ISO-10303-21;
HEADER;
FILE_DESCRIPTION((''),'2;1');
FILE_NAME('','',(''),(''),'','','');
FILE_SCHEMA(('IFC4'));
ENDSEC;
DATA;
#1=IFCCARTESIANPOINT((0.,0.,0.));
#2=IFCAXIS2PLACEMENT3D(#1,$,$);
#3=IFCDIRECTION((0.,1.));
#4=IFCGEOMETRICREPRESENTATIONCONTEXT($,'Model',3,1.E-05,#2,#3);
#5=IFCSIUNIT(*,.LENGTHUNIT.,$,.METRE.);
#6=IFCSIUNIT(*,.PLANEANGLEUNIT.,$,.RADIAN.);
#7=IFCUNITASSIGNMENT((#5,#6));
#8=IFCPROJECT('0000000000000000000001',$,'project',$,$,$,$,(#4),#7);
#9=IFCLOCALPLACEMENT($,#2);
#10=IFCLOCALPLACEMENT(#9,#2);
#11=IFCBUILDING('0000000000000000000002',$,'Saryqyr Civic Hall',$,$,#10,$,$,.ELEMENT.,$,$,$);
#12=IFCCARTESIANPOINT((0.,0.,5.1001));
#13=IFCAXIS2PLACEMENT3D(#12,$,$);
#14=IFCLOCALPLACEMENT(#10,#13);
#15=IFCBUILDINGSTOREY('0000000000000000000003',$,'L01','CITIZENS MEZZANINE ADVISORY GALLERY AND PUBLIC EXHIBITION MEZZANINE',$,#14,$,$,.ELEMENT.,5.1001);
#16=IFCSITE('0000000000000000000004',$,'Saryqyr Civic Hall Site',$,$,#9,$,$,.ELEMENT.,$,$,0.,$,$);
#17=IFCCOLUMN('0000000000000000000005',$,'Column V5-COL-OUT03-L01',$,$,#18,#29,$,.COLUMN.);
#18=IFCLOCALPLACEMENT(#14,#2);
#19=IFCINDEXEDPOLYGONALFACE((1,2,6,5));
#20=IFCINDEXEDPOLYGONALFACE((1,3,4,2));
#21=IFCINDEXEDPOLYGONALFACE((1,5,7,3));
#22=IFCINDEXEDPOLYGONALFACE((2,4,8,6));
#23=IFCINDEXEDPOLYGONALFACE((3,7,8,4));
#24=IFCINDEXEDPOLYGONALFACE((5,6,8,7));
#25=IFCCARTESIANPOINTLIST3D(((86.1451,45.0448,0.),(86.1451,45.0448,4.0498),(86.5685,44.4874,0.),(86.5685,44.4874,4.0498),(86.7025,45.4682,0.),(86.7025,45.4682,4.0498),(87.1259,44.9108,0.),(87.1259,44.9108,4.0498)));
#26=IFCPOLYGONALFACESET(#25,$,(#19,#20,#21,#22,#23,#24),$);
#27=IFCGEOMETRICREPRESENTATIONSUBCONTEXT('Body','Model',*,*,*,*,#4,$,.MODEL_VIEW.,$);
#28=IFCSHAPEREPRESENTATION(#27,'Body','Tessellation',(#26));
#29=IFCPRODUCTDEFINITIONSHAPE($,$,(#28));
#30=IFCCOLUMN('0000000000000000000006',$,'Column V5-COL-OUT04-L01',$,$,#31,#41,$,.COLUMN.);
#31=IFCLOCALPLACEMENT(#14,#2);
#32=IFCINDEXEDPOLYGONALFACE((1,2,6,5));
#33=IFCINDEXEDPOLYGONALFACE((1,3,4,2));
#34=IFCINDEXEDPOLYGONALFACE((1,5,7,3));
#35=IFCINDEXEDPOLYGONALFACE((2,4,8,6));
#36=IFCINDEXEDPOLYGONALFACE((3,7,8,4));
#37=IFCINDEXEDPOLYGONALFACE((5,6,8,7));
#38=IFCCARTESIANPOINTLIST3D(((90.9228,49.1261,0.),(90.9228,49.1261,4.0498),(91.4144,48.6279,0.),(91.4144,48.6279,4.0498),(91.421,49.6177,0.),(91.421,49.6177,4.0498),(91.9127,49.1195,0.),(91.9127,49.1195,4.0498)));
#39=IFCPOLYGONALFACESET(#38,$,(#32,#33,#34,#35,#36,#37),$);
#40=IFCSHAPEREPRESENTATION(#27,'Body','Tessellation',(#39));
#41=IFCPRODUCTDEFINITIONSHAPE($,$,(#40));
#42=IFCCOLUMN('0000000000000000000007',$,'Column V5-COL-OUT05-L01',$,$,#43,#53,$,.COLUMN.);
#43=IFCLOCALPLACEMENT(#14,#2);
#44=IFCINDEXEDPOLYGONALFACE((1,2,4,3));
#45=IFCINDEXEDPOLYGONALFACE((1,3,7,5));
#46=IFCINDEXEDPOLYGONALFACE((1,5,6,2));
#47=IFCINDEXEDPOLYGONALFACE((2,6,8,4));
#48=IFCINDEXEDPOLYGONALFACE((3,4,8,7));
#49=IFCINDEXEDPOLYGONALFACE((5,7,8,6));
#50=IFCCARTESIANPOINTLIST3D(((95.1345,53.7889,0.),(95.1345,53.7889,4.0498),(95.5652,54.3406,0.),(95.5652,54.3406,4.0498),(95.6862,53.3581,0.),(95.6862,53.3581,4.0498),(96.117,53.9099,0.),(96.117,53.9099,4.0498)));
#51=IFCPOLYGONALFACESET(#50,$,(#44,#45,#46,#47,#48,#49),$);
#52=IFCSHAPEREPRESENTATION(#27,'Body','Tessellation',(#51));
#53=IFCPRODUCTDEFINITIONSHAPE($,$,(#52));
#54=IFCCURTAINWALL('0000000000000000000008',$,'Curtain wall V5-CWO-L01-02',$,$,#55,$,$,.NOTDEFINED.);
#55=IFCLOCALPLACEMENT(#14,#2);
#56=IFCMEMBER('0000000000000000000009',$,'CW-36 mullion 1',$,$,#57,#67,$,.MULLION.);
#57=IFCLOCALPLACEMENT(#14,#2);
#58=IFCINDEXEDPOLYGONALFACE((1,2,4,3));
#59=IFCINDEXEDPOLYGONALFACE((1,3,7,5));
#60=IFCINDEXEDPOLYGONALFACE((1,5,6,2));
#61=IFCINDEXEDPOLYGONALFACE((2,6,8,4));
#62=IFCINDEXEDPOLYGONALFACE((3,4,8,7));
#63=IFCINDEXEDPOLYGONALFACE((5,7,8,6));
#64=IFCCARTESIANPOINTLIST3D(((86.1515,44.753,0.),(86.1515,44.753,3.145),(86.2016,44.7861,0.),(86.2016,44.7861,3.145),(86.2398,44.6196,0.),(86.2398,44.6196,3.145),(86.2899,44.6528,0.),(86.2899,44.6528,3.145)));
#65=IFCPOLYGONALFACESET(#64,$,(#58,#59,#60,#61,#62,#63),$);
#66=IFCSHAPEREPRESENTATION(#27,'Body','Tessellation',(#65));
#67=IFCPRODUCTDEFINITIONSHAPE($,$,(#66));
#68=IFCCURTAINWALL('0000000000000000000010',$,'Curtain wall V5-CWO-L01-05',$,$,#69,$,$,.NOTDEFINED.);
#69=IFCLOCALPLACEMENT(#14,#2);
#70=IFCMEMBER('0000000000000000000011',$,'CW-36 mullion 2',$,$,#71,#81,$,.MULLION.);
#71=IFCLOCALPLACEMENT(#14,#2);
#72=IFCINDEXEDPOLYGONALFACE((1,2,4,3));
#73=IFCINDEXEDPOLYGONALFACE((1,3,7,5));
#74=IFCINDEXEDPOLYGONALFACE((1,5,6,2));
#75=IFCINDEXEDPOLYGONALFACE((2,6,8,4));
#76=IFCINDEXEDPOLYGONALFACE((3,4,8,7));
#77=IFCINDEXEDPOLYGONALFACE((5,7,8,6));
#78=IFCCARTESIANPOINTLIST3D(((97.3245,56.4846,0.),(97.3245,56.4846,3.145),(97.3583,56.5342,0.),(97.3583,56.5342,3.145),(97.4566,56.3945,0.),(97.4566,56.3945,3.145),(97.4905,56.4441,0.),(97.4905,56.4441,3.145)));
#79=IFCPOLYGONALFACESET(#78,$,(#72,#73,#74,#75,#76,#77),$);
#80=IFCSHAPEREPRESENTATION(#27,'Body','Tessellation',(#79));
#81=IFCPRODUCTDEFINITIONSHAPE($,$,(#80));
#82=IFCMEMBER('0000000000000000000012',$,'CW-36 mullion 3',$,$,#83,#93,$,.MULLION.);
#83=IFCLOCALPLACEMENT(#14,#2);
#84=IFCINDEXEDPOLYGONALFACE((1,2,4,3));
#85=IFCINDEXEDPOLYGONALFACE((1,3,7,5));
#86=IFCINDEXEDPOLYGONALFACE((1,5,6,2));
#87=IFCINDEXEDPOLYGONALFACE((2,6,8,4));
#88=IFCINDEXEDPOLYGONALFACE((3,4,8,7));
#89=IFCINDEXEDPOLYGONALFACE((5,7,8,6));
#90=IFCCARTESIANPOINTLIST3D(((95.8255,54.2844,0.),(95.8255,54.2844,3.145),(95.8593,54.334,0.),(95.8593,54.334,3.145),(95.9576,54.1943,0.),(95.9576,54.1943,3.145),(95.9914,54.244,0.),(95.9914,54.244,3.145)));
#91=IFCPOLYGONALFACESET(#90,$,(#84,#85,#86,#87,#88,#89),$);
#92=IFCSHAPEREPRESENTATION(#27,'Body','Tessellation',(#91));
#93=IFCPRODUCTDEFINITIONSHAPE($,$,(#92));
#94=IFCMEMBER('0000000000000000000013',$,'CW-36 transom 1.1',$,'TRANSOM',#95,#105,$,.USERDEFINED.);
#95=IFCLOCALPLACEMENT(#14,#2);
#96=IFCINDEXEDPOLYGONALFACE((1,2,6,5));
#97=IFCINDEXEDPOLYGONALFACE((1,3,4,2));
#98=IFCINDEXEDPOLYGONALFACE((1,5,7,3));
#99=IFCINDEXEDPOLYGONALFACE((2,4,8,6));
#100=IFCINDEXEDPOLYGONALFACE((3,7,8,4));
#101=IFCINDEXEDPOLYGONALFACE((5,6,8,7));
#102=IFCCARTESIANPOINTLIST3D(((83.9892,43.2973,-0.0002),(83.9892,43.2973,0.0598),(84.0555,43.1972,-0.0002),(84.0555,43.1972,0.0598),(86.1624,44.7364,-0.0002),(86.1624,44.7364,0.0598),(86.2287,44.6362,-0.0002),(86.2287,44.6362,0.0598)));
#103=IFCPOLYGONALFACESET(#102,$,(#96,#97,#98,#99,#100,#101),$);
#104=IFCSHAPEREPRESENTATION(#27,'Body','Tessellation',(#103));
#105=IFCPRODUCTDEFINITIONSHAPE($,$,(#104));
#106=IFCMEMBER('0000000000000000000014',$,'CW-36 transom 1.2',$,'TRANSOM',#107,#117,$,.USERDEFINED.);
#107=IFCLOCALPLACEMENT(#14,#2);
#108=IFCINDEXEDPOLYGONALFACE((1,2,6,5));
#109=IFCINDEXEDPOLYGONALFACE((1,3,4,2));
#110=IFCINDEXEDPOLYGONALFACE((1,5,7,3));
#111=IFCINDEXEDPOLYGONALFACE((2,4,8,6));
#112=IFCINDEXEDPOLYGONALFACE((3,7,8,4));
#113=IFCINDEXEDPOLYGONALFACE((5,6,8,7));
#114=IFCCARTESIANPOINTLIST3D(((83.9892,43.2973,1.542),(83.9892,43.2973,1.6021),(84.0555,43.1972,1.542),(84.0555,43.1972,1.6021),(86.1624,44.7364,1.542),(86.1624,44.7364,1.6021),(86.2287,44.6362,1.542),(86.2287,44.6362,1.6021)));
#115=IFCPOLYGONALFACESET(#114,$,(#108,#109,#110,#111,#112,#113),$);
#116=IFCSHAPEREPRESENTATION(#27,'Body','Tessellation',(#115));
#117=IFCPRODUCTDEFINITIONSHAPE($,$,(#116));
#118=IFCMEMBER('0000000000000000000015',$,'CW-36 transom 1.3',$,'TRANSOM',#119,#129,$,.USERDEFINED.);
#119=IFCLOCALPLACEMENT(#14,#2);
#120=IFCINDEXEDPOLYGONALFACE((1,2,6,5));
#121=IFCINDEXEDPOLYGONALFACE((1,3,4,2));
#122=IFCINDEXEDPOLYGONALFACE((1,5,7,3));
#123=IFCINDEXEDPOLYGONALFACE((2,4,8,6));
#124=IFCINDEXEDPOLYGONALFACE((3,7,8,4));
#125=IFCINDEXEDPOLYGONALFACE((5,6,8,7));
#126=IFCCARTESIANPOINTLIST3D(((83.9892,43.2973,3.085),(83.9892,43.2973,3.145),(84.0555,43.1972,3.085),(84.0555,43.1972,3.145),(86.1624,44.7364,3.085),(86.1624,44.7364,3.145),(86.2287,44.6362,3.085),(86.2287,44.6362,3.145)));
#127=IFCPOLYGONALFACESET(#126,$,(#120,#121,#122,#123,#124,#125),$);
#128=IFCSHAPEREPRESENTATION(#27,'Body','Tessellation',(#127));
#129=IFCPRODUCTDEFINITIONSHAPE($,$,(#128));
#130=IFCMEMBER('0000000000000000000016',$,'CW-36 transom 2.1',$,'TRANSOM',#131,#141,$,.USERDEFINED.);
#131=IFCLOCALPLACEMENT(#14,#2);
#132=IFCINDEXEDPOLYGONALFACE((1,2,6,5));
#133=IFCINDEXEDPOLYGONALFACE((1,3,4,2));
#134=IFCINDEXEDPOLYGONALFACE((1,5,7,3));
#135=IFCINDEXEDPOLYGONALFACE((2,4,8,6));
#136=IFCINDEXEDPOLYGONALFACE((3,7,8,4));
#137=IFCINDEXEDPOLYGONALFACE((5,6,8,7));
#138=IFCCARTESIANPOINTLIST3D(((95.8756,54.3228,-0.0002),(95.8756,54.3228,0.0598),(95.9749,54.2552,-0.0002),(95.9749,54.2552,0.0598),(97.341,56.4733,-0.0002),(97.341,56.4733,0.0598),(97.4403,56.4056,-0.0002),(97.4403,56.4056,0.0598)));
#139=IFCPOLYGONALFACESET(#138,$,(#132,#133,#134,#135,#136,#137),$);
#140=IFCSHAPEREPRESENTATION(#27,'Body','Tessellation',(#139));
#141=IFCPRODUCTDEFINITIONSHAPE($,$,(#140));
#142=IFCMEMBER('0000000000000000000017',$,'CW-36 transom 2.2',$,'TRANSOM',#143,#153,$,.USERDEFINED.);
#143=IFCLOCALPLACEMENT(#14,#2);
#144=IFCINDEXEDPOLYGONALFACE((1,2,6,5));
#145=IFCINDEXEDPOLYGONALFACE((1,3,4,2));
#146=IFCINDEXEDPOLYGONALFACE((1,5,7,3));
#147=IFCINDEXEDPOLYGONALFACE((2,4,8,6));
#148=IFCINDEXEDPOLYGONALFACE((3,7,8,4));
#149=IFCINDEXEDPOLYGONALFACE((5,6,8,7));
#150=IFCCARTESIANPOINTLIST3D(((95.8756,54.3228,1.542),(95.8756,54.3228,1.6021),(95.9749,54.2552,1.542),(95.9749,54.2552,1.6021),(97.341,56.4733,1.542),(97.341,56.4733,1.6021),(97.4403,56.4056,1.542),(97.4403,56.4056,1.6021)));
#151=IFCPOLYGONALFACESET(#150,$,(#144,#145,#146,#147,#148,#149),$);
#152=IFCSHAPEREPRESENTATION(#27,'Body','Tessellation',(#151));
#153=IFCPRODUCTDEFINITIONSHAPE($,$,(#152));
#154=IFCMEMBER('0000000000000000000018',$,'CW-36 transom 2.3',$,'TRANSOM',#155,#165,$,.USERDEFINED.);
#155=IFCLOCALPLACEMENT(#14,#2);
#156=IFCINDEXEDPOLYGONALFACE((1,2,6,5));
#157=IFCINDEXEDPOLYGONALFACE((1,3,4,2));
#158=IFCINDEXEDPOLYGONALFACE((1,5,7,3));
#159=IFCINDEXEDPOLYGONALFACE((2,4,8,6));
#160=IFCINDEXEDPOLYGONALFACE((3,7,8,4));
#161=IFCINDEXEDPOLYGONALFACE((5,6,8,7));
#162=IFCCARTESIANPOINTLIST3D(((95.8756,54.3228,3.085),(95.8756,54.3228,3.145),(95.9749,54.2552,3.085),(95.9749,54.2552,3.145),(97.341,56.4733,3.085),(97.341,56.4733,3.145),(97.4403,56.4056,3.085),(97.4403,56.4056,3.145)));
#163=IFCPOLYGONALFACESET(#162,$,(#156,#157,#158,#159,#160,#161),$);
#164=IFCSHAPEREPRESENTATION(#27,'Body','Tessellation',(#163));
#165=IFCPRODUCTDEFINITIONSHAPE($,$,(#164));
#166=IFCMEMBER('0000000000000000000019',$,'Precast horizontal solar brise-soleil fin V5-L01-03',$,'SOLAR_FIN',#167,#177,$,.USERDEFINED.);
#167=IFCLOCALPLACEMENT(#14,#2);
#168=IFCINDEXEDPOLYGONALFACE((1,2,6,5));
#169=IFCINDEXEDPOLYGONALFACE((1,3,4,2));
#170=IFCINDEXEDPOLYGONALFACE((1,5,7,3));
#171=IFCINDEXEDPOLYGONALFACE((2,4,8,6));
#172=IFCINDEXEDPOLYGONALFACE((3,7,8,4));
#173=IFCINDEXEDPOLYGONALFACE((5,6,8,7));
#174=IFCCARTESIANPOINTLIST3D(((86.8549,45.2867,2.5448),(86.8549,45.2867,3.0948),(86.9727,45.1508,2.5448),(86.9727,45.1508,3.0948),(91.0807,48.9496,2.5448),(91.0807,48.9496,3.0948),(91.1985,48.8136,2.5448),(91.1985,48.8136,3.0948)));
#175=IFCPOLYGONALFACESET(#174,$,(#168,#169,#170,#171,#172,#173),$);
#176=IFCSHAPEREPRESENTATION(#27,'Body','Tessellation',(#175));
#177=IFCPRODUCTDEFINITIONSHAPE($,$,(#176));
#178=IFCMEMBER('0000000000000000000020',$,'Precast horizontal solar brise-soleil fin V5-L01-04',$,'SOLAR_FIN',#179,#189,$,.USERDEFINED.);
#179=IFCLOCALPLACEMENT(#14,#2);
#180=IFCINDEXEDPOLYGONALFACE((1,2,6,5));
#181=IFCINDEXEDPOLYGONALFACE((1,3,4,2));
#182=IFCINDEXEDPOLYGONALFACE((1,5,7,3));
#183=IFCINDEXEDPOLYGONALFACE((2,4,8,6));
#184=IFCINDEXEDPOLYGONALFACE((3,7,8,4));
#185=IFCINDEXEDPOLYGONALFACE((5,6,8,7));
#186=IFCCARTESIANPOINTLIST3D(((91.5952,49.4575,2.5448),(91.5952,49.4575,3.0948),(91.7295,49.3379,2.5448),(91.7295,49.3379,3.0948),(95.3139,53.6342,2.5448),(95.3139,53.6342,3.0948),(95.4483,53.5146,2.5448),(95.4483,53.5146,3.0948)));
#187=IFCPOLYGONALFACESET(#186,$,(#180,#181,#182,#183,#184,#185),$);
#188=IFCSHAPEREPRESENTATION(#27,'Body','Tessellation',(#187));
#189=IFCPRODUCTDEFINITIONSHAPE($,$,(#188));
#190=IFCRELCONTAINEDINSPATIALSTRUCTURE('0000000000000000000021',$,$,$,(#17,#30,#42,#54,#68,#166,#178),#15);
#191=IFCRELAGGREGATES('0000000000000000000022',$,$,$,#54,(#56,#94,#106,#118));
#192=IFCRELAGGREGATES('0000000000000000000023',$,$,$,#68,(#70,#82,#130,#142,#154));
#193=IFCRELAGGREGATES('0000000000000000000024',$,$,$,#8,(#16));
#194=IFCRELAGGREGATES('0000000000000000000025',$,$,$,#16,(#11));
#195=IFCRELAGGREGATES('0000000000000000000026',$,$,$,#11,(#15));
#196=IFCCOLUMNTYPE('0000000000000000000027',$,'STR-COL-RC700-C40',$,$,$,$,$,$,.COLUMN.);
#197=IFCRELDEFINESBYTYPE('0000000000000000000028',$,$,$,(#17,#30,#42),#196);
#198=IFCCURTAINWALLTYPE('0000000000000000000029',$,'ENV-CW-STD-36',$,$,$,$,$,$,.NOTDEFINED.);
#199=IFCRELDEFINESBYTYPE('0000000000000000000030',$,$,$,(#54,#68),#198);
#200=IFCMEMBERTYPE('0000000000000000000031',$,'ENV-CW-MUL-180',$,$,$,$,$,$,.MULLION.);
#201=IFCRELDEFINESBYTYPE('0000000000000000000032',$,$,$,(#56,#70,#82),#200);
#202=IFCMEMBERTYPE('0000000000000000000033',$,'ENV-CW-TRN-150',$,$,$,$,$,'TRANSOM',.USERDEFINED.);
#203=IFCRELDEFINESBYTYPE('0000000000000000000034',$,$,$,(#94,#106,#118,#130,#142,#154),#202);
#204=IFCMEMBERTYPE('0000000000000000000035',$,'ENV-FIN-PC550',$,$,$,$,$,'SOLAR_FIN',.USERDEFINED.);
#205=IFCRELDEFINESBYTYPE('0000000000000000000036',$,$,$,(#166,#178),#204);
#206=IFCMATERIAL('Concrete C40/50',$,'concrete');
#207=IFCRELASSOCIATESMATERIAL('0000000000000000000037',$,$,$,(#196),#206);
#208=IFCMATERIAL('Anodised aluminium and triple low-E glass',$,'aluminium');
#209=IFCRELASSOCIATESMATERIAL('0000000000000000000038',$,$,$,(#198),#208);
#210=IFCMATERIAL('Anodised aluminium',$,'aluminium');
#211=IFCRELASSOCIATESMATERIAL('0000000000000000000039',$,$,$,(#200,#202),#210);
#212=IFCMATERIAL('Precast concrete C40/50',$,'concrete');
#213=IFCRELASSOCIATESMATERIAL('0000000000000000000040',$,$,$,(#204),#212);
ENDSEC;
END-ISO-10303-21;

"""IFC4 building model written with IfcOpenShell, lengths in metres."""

from ifc_helpers import new_model, si_unit, direction, frame, origin, origin_2d, place, context, subcontext, project, spatial, rectangle, extrude, material, material_profile, profile_set, type_object, element, aggregate, save


model = new_model("IFC4")

# Units and contexts
model_context = context("Model", 3, precision=1e-05, world=origin(), true_north=direction((0.0, 1.0)))
body_context = subcontext(model_context, "Body", "Model", "MODEL_VIEW")
ifc_project = project(units=[si_unit("LENGTHUNIT", "METRE"), si_unit("PLANEANGLEUNIT", "RADIAN")], contexts=[model_context])

# Site, building, storey
site_placement = place(None, origin())
site = spatial("IfcSite", under=ifc_project, at=site_placement, Name="Saryqyr Civic Hall Site", CompositionType="ELEMENT", RefElevation=0.0)
building_placement = place(site_placement, origin())
building = spatial("IfcBuilding", under=site, at=building_placement, Name="Saryqyr Civic Hall", CompositionType="ELEMENT")
storey_placement = place(building_placement, frame((0.0, 0.0, 5.1001)))
storey = spatial("IfcBuildingStorey", under=building, at=storey_placement, Name="L01", Description="CITIZENS MEZZANINE ADVISORY GALLERY AND PUBLIC EXHIBITION MEZZANINE", CompositionType="ELEMENT", Elevation=5.1001)

# Columns
ifc_material_1 = material(Name="Concrete C40/50", Category="concrete")
ifc_material_profile_1 = material_profile(ifc_material_1, rectangle(XDim=0.7, YDim=0.7, at=origin_2d()), Name="RC 700x700")
ifc_profile_set_1 = profile_set([ifc_material_profile_1], Name="Concrete C40/50")
column_type_1 = type_object("IfcColumnType", Name="STR-COL-RC700-C40", PredefinedType="COLUMN", material=ifc_profile_set_1)
for number, where, z_axis, x_axis, name in (
    (1, (86.6355, 44.9778, 0.0), (0.0, 0.0, 1.0), (0.604877, -0.796319, 0.0), "Column V5-COL-OUT03-L01"),
    (2, (91.4177, 49.1228, 0.0), (0.0, 0.0, 1.0), (0.702402, -0.711781, 0.0), "Column V5-COL-OUT04-L01"),
    (3, (95.6257, 53.8494, 0.0), (0.0, 0.0, 1.0), (0.788226, -0.615386, 0.0), "Column V5-COL-OUT05-L01"),
):
    element("IfcColumn", number, at=place(storey_placement, frame(where, z_axis=z_axis, x_axis=x_axis)), inside=storey, type_object=column_type_1, Name=name, PredefinedType="COLUMN", context=body_context, shape_type="SweptSolid", body=[
        extrude(rectangle(XDim=0.7, YDim=0.7, at=origin_2d()), origin(), (0.0, 0.0, 1.0), 4.0498),
    ])

# Curtain wall, member
ifc_material_2 = material(Name="Anodised aluminium and triple low-E glass", Category="aluminium")
curtain_wall_type = type_object("IfcCurtainWallType", Name="ENV-CW-STD-36", PredefinedType="NOTDEFINED", material=ifc_material_2)
curtain_wall_1_placement = place(storey_placement, origin())
curtain_wall_1 = element("IfcCurtainWall", 4, at=curtain_wall_1_placement, inside=storey, type_object=curtain_wall_type, Name="Curtain wall V5-CWO-L01-02", PredefinedType="NOTDEFINED")
ifc_material_3 = material(Name="Anodised aluminium", Category="aluminium")
ifc_material_profile_2 = material_profile(ifc_material_3, rectangle(XDim=0.0601, YDim=0.1599, at=origin_2d()), Name="ALU MULLION 60x160")
ifc_profile_set_2 = profile_set([ifc_material_profile_2], Name="Anodised aluminium")
member_type_1 = type_object("IfcMemberType", Name="ENV-CW-MUL-180", PredefinedType="MULLION", material=ifc_profile_set_2)
member_1_placement = place(storey_placement, frame((86.2207, 44.7029, 0.0), z_axis=(0.0, 0.0, 1.0), x_axis=(-0.833772, -0.552109, 0.0)))
member_1 = element("IfcMember", 5, at=member_1_placement, type_object=member_type_1, Name="CW-36 mullion 1", PredefinedType="MULLION", context=body_context, shape_type="SweptSolid", body=[
    extrude(rectangle(XDim=0.0601, YDim=0.1599, at=origin_2d()), origin(), (0.0, 0.0, 1.0), 3.145),
])

# Curtain wall, members
curtain_wall_2_placement = place(storey_placement, origin())
curtain_wall_2 = element("IfcCurtainWall", 6, at=curtain_wall_2_placement, inside=storey, type_object=curtain_wall_type, Name="Curtain wall V5-CWO-L01-05", PredefinedType="NOTDEFINED")
member_2_placement = place(storey_placement, frame((97.4075, 56.4644, 0.0), z_axis=(0.0, 0.0, 1.0), x_axis=(-0.56311, -0.826382, 0.0)))
member_2 = element("IfcMember", 7, at=member_2_placement, type_object=member_type_1, Name="CW-36 mullion 2", PredefinedType="MULLION", context=body_context, shape_type="SweptSolid", body=[
    extrude(rectangle(XDim=0.0601, YDim=0.1599, at=origin_2d()), origin(), (0.0, 0.0, 1.0), 3.145),
])
member_3_placement = place(storey_placement, frame((95.9084, 54.2642, 0.0), z_axis=(0.0, 0.0, 1.0), x_axis=(-0.56311, -0.826382, 0.0)))
member_3 = element("IfcMember", 8, at=member_3_placement, type_object=member_type_1, Name="CW-36 mullion 3", PredefinedType="MULLION", context=body_context, shape_type="SweptSolid", body=[
    extrude(rectangle(XDim=0.0601, YDim=0.1599, at=origin_2d()), origin(), (0.0, 0.0, 1.0), 3.145),
])

# Members
ifc_material_profile_3 = material_profile(ifc_material_3, rectangle(XDim=0.1201, YDim=0.0601, at=origin_2d()), Name="ALU TRANSOM 120x60")
ifc_profile_set_3 = profile_set([ifc_material_profile_3], Name="Anodised aluminium")
member_type_2 = type_object("IfcMemberType", Name="ENV-CW-TRN-150", ElementType="TRANSOM", PredefinedType="USERDEFINED", material=ifc_profile_set_3)
member_4_placement = place(storey_placement, frame((86.1956, 44.6863, 0.0298), z_axis=(-0.833776, -0.552104, 0.0), x_axis=(0.552104, -0.833776, 0.0)))
member_4 = element("IfcMember", 9, at=member_4_placement, type_object=member_type_2, Name="CW-36 transom 1.1", ObjectType="TRANSOM", PredefinedType="USERDEFINED", context=body_context, shape_type="SweptSolid", body=[
    extrude(rectangle(XDim=0.1201, YDim=0.0601, at=origin_2d()), origin(), (0.0, 0.0, 1.0), 2.6064),
])
member_5_placement = place(storey_placement, frame((86.1956, 44.6863, 1.572), z_axis=(-0.833776, -0.552104, 0.0), x_axis=(0.552104, -0.833776, 0.0)))
member_5 = element("IfcMember", 10, at=member_5_placement, type_object=member_type_2, Name="CW-36 transom 1.2", ObjectType="TRANSOM", PredefinedType="USERDEFINED", context=body_context, shape_type="SweptSolid", body=[
    extrude(rectangle(XDim=0.1201, YDim=0.0601, at=origin_2d()), origin(), (0.0, 0.0, 1.0), 2.6064),
])
member_6_placement = place(storey_placement, frame((86.1956, 44.6863, 3.115), z_axis=(-0.833776, -0.552104, 0.0), x_axis=(0.552104, -0.833776, 0.0)))
member_6 = element("IfcMember", 11, at=member_6_placement, type_object=member_type_2, Name="CW-36 transom 1.3", ObjectType="TRANSOM", PredefinedType="USERDEFINED", context=body_context, shape_type="SweptSolid", body=[
    extrude(rectangle(XDim=0.1201, YDim=0.0601, at=origin_2d()), origin(), (0.0, 0.0, 1.0), 2.6064),
])
aggregate(curtain_wall_1, [member_1, member_4, member_5, member_6])
member_7_placement = place(storey_placement, frame((97.3906, 56.4395, 0.0298), z_axis=(-0.563116, -0.826378, 0.0), x_axis=(0.826378, -0.563116, 0.0)))
member_7 = element("IfcMember", 12, at=member_7_placement, type_object=member_type_2, Name="CW-36 transom 2.1", ObjectType="TRANSOM", PredefinedType="USERDEFINED", context=body_context, shape_type="SweptSolid", body=[
    extrude(rectangle(XDim=0.1201, YDim=0.0601, at=origin_2d()), origin(), (0.0, 0.0, 1.0), 2.6023),
])
member_8_placement = place(storey_placement, frame((97.3906, 56.4395, 1.572), z_axis=(-0.563116, -0.826378, 0.0), x_axis=(0.826378, -0.563116, 0.0)))
member_8 = element("IfcMember", 13, at=member_8_placement, type_object=member_type_2, Name="CW-36 transom 2.2", ObjectType="TRANSOM", PredefinedType="USERDEFINED", context=body_context, shape_type="SweptSolid", body=[
    extrude(rectangle(XDim=0.1201, YDim=0.0601, at=origin_2d()), origin(), (0.0, 0.0, 1.0), 2.6023),
])
member_9_placement = place(storey_placement, frame((97.3906, 56.4395, 3.115), z_axis=(-0.563116, -0.826378, 0.0), x_axis=(0.826378, -0.563116, 0.0)))
member_9 = element("IfcMember", 14, at=member_9_placement, type_object=member_type_2, Name="CW-36 transom 2.3", ObjectType="TRANSOM", PredefinedType="USERDEFINED", context=body_context, shape_type="SweptSolid", body=[
    extrude(rectangle(XDim=0.1201, YDim=0.0601, at=origin_2d()), origin(), (0.0, 0.0, 1.0), 2.6023),
])

# Members
ifc_material_4 = material(Name="Precast concrete C40/50", Category="concrete")
ifc_material_profile_4 = material_profile(ifc_material_4, rectangle(XDim=0.1799, YDim=0.55, at=origin_2d()), Name="PC FIN 180x550")
ifc_profile_set_4 = profile_set([ifc_material_profile_4], Name="Precast concrete C40/50")
member_type_3 = type_object("IfcMemberType", Name="ENV-FIN-PC550", ElementType="SOLAR_FIN", PredefinedType="USERDEFINED", material=ifc_profile_set_4)
for number, where, z_axis, x_axis, name in (
    (15, (86.9138, 45.2188, 2.8198), (0.755649, 0.654977, 0.0), (-0.654977, 0.755649, 0.0), "Precast horizontal solar brise-soleil fin V5-L01-03"),
    (16, (91.6624, 49.3977, 2.8198), (0.664971, 0.74687, 0.0), (-0.74687, 0.664971, 0.0), "Precast horizontal solar brise-soleil fin V5-L01-04"),
):
    element("IfcMember", number, at=place(storey_placement, frame(where, z_axis=z_axis, x_axis=x_axis)), inside=storey, type_object=member_type_3, Name=name, ObjectType="SOLAR_FIN", PredefinedType="USERDEFINED", context=body_context, shape_type="SweptSolid", body=[
        extrude(rectangle(XDim=0.1799, YDim=0.55, at=origin_2d()), origin(), (0.0, 0.0, 1.0), 5.5923),
    ])

aggregate(curtain_wall_2, [member_2, member_3, member_7, member_8, member_9])

save(model, "model.ifc")
